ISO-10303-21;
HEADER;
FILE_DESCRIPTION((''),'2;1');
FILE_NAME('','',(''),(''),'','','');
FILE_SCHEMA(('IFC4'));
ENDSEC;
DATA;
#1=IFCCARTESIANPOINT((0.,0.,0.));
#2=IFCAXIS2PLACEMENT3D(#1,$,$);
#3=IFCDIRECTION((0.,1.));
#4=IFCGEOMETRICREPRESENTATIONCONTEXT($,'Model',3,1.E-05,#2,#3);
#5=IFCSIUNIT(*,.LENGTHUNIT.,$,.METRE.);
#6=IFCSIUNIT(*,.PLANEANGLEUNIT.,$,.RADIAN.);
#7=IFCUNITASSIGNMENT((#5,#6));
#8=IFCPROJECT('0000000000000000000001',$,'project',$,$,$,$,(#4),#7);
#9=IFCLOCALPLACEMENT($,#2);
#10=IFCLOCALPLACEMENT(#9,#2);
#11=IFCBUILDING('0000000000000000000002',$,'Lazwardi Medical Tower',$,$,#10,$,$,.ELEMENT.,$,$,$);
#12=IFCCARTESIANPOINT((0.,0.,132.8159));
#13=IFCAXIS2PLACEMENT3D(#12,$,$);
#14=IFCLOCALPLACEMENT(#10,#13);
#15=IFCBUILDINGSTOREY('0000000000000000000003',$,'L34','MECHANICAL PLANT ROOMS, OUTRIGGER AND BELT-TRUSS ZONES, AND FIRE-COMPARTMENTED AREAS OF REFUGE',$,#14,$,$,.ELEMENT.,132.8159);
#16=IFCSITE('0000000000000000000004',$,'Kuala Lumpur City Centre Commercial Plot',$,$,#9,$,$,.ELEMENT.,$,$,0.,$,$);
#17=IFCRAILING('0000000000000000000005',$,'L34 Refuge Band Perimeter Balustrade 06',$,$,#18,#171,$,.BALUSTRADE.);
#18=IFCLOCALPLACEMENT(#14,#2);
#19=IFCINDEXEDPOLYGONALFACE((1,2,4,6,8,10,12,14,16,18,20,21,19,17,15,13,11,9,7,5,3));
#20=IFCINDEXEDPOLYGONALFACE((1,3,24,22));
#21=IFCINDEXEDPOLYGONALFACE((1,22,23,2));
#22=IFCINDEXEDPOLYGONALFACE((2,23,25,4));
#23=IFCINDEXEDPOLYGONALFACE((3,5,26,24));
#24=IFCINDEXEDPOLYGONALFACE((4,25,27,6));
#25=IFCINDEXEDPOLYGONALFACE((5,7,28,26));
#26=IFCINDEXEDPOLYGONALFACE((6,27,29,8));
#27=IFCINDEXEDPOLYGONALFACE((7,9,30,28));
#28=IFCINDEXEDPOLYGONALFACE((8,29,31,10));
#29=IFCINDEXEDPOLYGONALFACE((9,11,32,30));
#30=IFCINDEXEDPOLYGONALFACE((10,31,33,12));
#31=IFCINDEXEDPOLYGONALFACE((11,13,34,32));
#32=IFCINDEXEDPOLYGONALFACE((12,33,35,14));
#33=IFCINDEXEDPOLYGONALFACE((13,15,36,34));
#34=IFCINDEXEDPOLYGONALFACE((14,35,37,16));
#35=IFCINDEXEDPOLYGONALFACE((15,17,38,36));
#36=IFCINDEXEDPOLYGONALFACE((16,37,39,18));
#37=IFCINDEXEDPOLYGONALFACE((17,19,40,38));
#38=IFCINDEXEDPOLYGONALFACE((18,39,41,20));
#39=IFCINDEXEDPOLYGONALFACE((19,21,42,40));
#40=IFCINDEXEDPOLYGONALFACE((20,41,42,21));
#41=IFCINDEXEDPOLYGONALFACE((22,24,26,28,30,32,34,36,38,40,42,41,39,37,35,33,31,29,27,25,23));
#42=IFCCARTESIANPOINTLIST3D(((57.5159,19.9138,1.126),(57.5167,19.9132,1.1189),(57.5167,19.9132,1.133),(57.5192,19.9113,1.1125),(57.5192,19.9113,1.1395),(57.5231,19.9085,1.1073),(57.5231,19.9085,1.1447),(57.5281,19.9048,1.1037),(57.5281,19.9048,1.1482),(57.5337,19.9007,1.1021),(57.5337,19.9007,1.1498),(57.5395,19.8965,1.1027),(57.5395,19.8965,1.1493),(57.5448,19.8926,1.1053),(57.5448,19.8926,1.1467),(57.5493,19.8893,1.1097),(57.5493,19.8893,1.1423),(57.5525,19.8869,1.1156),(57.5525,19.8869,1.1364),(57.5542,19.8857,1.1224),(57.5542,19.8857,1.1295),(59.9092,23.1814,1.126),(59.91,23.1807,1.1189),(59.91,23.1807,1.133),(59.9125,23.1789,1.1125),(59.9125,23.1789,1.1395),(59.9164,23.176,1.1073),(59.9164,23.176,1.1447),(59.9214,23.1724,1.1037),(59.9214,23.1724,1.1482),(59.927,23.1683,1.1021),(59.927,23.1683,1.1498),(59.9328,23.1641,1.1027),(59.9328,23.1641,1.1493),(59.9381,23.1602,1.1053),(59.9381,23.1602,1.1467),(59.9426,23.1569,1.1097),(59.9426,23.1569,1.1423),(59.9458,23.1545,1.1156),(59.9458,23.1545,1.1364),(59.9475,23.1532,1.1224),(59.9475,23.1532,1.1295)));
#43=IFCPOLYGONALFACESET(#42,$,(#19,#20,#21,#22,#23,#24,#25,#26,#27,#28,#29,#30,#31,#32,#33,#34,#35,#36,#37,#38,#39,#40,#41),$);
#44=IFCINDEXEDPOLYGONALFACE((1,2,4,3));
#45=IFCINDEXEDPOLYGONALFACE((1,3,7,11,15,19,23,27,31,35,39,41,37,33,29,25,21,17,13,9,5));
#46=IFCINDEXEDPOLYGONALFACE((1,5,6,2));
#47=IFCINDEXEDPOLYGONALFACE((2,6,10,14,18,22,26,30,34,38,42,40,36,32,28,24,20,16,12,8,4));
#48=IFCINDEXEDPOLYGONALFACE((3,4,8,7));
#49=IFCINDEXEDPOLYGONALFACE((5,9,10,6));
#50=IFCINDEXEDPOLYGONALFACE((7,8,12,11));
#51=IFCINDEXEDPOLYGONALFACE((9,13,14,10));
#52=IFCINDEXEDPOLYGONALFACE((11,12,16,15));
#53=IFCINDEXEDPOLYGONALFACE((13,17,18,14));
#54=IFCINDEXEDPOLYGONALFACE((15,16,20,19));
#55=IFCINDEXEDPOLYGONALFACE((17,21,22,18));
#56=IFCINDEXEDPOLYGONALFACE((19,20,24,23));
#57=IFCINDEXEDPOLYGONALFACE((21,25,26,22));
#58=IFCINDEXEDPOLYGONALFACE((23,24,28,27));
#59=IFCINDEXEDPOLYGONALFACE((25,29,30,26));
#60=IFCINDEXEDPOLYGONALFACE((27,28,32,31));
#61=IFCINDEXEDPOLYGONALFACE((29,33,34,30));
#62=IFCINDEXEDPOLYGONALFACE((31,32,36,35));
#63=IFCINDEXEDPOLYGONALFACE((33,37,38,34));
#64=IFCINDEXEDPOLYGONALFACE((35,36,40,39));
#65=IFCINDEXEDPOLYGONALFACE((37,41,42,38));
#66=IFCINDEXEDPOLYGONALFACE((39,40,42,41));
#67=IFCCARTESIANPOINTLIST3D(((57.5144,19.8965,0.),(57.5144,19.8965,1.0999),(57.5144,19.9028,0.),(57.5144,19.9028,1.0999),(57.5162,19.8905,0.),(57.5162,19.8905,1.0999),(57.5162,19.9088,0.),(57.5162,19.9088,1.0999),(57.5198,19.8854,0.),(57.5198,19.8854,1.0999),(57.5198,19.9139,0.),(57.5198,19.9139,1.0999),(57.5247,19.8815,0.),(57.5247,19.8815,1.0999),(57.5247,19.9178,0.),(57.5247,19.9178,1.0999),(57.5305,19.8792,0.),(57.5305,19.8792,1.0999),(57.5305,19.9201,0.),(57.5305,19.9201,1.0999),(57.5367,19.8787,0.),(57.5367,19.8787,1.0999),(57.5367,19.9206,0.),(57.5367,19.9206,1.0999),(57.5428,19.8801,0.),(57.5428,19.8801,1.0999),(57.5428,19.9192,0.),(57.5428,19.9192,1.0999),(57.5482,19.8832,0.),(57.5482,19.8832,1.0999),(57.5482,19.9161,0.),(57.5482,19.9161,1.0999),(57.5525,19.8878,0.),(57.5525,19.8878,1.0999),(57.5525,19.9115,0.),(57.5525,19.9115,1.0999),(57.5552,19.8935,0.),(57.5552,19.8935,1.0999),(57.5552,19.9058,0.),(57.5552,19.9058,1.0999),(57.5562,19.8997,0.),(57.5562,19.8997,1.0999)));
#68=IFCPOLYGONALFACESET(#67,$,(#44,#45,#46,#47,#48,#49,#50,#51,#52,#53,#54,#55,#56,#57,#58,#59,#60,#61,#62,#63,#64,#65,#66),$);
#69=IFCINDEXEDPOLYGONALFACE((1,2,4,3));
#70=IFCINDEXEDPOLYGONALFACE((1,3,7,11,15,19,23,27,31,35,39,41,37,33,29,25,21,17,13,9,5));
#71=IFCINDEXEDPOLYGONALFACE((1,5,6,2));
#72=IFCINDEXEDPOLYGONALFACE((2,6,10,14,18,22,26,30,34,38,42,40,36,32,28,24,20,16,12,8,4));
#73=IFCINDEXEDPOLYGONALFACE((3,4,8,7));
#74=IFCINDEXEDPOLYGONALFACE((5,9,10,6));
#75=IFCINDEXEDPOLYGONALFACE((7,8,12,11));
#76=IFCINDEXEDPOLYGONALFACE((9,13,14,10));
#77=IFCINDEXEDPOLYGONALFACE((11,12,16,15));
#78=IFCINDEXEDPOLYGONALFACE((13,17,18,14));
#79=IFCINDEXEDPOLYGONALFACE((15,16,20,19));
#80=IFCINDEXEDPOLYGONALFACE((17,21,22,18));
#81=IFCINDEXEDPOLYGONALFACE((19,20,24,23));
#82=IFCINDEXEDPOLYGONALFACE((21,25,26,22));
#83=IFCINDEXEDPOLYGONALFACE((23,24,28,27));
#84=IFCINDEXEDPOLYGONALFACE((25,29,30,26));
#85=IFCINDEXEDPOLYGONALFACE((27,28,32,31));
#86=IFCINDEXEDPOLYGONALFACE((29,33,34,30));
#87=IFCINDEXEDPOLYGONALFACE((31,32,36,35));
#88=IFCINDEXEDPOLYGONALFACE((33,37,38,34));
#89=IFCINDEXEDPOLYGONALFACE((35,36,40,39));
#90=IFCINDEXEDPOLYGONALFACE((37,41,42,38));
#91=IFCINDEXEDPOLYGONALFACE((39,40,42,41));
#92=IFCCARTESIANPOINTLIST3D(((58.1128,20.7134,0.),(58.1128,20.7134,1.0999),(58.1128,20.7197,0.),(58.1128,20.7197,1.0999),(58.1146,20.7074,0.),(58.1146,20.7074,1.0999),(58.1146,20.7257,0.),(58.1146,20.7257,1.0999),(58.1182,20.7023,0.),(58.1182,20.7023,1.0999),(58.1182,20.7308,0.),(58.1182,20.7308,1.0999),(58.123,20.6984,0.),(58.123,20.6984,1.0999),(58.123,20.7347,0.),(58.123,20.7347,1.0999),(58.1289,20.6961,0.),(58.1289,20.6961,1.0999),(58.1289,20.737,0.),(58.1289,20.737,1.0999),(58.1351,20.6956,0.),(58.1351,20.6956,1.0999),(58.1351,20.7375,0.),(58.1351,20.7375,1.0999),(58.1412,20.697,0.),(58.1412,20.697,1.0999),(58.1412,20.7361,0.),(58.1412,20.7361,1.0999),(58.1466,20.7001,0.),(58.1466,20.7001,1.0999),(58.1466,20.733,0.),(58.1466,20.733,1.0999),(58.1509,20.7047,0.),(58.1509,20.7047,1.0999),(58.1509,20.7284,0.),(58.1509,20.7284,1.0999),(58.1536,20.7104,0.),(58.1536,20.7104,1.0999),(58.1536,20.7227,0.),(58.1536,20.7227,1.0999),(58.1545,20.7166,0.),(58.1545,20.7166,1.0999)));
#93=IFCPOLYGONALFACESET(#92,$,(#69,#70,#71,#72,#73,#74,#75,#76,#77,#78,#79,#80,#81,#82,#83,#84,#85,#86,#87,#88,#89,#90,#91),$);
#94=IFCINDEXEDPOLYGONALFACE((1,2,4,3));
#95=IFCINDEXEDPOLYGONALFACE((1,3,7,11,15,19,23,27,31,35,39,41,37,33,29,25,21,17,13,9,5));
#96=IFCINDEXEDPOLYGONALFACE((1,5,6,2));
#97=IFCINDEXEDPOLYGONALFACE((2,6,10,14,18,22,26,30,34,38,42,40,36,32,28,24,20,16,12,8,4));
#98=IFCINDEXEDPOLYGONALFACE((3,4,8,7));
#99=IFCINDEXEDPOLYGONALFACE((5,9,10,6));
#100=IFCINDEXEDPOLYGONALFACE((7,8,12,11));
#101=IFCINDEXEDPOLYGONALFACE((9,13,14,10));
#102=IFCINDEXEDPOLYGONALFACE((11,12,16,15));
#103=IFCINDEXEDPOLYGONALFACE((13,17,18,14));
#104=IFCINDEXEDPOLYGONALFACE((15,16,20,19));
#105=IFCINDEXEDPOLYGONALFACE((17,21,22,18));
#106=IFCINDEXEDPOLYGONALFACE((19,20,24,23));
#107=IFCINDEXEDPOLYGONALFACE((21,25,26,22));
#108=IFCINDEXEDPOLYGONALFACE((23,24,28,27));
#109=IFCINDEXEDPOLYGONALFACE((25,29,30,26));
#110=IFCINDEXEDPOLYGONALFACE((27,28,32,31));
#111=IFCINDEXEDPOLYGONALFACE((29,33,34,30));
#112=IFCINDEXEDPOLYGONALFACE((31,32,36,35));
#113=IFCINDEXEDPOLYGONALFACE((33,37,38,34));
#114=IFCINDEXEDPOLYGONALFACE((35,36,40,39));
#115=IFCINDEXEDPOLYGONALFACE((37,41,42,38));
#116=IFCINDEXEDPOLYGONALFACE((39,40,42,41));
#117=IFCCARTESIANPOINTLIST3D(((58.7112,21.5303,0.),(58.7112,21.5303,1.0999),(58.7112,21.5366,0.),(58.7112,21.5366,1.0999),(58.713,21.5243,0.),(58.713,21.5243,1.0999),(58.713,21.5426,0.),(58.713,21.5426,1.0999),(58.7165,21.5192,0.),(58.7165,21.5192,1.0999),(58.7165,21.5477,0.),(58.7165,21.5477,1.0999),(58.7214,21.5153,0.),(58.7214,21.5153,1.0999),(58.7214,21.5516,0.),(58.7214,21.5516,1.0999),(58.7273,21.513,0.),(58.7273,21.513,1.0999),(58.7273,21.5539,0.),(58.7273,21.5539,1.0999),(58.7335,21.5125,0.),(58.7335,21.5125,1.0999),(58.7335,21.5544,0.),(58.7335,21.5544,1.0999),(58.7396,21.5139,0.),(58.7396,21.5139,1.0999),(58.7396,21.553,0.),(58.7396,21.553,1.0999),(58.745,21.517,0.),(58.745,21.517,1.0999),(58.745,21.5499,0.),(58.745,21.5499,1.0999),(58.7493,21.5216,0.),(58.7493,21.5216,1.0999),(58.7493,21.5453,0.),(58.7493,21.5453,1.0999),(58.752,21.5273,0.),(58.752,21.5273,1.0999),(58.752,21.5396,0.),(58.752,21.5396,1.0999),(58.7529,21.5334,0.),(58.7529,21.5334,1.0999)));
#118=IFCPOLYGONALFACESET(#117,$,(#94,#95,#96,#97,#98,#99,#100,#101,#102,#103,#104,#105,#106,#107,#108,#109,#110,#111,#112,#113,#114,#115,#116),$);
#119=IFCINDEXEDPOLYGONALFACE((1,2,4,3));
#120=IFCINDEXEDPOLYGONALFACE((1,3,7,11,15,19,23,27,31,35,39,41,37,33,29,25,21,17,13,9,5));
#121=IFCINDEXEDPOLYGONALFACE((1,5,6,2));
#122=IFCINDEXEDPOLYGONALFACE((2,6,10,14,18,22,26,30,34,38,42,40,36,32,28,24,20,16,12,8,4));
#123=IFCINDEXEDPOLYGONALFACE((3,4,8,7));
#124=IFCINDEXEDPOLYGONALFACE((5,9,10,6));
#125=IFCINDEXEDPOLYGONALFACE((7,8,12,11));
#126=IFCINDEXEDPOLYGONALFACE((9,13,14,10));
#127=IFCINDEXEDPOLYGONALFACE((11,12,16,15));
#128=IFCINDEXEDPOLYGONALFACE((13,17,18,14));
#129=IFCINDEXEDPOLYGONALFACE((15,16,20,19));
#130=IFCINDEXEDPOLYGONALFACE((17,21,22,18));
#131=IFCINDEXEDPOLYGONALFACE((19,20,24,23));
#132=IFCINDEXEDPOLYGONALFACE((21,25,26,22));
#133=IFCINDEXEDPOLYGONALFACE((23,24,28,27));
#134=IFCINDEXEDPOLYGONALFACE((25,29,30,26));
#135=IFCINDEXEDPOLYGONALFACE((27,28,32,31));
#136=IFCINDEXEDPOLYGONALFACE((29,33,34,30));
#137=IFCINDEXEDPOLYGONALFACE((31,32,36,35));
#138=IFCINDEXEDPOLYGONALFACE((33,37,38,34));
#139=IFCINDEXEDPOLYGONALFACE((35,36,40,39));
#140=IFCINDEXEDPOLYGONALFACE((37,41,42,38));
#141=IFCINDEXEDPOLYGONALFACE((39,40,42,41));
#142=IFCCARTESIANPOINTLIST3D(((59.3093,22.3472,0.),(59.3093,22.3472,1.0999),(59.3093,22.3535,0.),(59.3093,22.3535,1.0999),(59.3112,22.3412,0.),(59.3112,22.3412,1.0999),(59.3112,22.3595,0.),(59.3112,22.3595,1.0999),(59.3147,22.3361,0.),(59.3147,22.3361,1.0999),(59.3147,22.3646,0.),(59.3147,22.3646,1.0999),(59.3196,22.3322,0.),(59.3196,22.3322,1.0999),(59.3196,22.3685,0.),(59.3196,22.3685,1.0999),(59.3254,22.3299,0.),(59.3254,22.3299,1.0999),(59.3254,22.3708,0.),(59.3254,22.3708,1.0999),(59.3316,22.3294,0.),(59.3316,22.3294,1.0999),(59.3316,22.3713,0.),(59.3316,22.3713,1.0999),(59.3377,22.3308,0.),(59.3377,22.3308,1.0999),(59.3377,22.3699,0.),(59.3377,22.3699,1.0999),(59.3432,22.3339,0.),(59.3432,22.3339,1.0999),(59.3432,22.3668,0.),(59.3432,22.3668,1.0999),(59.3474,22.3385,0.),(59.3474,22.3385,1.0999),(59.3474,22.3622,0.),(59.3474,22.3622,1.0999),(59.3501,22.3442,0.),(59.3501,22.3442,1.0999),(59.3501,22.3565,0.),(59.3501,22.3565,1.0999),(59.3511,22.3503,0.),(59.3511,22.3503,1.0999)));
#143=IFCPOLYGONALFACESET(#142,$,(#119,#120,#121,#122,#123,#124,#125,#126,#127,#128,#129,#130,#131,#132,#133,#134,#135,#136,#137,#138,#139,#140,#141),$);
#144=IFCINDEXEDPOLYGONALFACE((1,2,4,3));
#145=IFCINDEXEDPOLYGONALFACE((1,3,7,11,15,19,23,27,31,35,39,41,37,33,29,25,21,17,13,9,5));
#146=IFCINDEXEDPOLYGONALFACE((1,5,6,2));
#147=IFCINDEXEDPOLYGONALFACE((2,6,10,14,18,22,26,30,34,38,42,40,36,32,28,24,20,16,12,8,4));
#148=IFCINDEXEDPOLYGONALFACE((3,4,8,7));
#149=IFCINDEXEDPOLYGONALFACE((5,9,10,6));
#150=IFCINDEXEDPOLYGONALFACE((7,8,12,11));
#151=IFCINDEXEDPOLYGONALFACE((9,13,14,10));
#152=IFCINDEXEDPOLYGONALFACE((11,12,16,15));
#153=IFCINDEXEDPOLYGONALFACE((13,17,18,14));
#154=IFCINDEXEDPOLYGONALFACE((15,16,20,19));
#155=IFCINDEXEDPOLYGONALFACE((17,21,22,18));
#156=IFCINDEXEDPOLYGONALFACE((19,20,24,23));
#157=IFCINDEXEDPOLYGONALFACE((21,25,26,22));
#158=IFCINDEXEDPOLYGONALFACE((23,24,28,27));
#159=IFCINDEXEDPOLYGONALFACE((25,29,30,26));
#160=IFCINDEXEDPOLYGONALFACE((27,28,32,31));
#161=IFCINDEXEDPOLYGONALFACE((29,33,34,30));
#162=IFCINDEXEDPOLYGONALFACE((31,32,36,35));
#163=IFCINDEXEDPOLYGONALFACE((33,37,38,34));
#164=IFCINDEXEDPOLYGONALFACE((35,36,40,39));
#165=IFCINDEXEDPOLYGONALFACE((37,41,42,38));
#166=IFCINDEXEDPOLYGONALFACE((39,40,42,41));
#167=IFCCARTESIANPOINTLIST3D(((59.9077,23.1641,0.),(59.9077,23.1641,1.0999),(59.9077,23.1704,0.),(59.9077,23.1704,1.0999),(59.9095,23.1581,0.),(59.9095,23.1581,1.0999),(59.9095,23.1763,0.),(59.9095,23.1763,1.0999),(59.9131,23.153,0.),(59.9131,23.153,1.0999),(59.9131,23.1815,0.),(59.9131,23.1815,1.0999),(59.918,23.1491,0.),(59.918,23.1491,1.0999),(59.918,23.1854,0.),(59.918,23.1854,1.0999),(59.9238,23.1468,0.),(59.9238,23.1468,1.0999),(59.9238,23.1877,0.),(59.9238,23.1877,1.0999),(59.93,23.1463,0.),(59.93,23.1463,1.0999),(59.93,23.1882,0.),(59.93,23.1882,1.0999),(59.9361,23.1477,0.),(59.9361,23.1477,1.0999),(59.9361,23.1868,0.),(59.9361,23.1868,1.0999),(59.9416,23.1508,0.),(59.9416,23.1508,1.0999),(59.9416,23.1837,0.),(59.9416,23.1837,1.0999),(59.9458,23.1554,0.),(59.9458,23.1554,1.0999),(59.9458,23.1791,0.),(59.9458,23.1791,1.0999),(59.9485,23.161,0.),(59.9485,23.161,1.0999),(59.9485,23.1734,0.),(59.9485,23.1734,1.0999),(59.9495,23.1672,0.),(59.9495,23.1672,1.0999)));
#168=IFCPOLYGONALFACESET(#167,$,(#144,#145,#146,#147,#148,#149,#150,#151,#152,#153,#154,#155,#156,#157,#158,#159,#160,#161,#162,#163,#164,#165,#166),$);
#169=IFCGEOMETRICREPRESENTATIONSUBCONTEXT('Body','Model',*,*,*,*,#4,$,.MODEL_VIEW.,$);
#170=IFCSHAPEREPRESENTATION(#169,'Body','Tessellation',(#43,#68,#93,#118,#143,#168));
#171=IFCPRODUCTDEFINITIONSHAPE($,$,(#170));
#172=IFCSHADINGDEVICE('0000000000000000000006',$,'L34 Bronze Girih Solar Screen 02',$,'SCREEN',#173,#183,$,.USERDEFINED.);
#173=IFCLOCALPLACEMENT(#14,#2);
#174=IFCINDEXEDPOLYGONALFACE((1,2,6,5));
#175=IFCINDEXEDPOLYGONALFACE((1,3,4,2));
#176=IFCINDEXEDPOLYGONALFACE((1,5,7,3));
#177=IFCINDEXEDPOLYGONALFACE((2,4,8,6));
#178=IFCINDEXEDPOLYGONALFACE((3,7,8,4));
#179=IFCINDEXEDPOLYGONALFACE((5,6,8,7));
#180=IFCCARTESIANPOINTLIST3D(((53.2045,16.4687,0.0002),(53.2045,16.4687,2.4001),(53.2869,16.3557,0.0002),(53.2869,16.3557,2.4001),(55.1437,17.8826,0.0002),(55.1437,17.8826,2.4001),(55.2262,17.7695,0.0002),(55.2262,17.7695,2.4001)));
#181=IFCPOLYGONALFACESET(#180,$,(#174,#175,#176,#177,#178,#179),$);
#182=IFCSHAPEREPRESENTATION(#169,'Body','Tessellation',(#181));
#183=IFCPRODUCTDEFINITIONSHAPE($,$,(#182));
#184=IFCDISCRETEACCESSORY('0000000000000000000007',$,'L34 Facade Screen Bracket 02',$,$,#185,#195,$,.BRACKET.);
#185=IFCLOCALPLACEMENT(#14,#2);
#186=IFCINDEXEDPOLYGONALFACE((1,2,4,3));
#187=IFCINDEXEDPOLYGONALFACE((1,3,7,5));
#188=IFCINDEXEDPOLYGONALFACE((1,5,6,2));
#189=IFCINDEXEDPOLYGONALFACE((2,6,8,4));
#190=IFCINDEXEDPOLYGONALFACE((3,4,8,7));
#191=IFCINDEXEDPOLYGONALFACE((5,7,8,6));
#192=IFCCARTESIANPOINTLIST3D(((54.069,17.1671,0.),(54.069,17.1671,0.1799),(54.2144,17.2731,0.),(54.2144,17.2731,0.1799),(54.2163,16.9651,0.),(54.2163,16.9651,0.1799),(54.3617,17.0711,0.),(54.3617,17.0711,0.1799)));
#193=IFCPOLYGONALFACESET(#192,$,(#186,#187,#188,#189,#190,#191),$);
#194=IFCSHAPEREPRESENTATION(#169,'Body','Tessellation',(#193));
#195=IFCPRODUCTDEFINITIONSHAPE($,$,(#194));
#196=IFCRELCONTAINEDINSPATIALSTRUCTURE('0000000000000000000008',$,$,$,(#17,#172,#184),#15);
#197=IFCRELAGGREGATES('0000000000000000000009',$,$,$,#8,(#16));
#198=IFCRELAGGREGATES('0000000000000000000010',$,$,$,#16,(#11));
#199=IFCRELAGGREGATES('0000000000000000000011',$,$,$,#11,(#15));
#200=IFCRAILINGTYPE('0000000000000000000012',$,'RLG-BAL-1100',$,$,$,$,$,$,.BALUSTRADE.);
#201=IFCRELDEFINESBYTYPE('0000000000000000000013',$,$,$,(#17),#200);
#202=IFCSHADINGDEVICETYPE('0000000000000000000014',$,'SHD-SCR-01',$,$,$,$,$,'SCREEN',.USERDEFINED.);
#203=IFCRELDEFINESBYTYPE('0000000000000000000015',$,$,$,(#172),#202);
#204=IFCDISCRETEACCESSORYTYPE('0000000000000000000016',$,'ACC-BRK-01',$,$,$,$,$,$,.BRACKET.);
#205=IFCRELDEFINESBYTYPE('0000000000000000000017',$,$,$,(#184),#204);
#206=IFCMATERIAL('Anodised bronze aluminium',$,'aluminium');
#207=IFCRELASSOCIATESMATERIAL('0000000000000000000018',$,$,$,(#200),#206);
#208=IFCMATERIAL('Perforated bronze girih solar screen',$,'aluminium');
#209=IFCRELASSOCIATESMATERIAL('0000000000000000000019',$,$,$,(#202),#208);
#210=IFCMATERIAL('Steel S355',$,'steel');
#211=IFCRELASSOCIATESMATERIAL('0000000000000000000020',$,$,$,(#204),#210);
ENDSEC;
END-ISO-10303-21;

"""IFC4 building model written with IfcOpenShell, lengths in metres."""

from ifc_helpers import new_model, si_unit, direction, frame, origin, origin_2d, place, context, subcontext, project, spatial, rectangle, circle, extrude, material, type_object, element, save


model = new_model("IFC4")

# Units and contexts
model_context = context("Model", 3, precision=1e-05, world=origin(), true_north=direction((0.0, 1.0)))
body_context = subcontext(model_context, "Body", "Model", "MODEL_VIEW")
ifc_project = project(units=[si_unit("LENGTHUNIT", "METRE"), si_unit("PLANEANGLEUNIT", "RADIAN")], contexts=[model_context])

# Site, building, storey
site_placement = place(None, origin())
site = spatial("IfcSite", under=ifc_project, at=site_placement, Name="Kuala Lumpur City Centre Commercial Plot", CompositionType="ELEMENT", RefElevation=0.0)
building_placement = place(site_placement, origin())
building = spatial("IfcBuilding", under=site, at=building_placement, Name="Lazwardi Medical Tower", CompositionType="ELEMENT")
storey_placement = place(building_placement, frame((0.0, 0.0, 132.8159)))
storey = spatial("IfcBuildingStorey", under=building, at=storey_placement, Name="L34", Description="MECHANICAL PLANT ROOMS, OUTRIGGER AND BELT-TRUSS ZONES, AND FIRE-COMPARTMENTED AREAS OF REFUGE", CompositionType="ELEMENT", Elevation=132.8159)

# Shared definitions
ifc_material_1 = material(Name="Steel S355", Category="steel")

# Railing
ifc_material_2 = material(Name="Anodised bronze aluminium", Category="aluminium")
railing_type = type_object("IfcRailingType", Name="RLG-BAL-1100", PredefinedType="BALUSTRADE", material=ifc_material_2)
railing_1_placement = place(storey_placement, frame((57.5352, 19.8997, 0.0)))
element("IfcRailing", 1, at=railing_1_placement, inside=storey, type_object=railing_type, Name="L34 Refuge Band Perimeter Balustrade 06", PredefinedType="BALUSTRADE", context=body_context, shape_type="SweptSolid", body=[
    extrude(circle(Radius=0.0239, at=origin_2d()), frame((0.0, 0.0, 1.126), z_axis=(0.590896, 0.806748, 0.0), x_axis=(-0.806748, 0.590896, 0.0)), (0.0, 0.0, 1.0), 4.0503),
    extrude(circle(Radius=0.021, at=origin_2d()), origin(), (0.0, 0.0, 1.0), 1.0999),
    extrude(circle(Radius=0.021, at=origin_2d()), frame((0.5984, 0.8169, 0.0)), (0.0, 0.0, 1.0), 1.0999),
    extrude(circle(Radius=0.021, at=origin_2d()), frame((1.1968, 1.6338, 0.0)), (0.0, 0.0, 1.0), 1.0999),
    extrude(circle(Radius=0.021, at=origin_2d()), frame((1.7949, 2.4507, 0.0)), (0.0, 0.0, 1.0), 1.0999),
    extrude(circle(Radius=0.021, at=origin_2d()), frame((2.3933, 3.2676, 0.0)), (0.0, 0.0, 1.0), 1.0999),
])

# Shading device
ifc_material_3 = material(Name="Perforated bronze girih solar screen", Category="aluminium")
shading_device_type = type_object("IfcShadingDeviceType", Name="SHD-SCR-01", ElementType="SCREEN", PredefinedType="USERDEFINED", material=ifc_material_3)
shading_device_placement = place(storey_placement, frame((54.2153, 17.1191, 0.0002), z_axis=(0.0, 0.0, 1.0), x_axis=(0.808043, 0.589123, 0.0)))
element("IfcShadingDevice", 2, at=shading_device_placement, inside=storey, type_object=shading_device_type, Name="L34 Bronze Girih Solar Screen 02", ObjectType="SCREEN", PredefinedType="USERDEFINED", context=body_context, shape_type="SweptSolid", body=[
    extrude(rectangle(XDim=2.3999, YDim=0.1399, at=origin_2d()), origin(), (0.0, 0.0, 1.0), 2.3999),
])

# Discrete accessory
discrete_accessory_type = type_object("IfcDiscreteAccessoryType", Name="ACC-BRK-01", PredefinedType="BRACKET", material=ifc_material_1)
discrete_accessory_placement = place(storey_placement, frame((54.2153, 17.1191, 0.0), z_axis=(0.0, 0.0, 1.0), x_axis=(0.808043, 0.589123, 0.0)))
element("IfcDiscreteAccessory", 3, at=discrete_accessory_placement, inside=storey, type_object=discrete_accessory_type, Name="L34 Facade Screen Bracket 02", PredefinedType="BRACKET", context=body_context, shape_type="SweptSolid", body=[
    extrude(rectangle(XDim=0.1799, YDim=0.25, at=origin_2d()), origin(), (0.0, 0.0, 1.0), 0.1799),
])

save(model, "model.ifc")
